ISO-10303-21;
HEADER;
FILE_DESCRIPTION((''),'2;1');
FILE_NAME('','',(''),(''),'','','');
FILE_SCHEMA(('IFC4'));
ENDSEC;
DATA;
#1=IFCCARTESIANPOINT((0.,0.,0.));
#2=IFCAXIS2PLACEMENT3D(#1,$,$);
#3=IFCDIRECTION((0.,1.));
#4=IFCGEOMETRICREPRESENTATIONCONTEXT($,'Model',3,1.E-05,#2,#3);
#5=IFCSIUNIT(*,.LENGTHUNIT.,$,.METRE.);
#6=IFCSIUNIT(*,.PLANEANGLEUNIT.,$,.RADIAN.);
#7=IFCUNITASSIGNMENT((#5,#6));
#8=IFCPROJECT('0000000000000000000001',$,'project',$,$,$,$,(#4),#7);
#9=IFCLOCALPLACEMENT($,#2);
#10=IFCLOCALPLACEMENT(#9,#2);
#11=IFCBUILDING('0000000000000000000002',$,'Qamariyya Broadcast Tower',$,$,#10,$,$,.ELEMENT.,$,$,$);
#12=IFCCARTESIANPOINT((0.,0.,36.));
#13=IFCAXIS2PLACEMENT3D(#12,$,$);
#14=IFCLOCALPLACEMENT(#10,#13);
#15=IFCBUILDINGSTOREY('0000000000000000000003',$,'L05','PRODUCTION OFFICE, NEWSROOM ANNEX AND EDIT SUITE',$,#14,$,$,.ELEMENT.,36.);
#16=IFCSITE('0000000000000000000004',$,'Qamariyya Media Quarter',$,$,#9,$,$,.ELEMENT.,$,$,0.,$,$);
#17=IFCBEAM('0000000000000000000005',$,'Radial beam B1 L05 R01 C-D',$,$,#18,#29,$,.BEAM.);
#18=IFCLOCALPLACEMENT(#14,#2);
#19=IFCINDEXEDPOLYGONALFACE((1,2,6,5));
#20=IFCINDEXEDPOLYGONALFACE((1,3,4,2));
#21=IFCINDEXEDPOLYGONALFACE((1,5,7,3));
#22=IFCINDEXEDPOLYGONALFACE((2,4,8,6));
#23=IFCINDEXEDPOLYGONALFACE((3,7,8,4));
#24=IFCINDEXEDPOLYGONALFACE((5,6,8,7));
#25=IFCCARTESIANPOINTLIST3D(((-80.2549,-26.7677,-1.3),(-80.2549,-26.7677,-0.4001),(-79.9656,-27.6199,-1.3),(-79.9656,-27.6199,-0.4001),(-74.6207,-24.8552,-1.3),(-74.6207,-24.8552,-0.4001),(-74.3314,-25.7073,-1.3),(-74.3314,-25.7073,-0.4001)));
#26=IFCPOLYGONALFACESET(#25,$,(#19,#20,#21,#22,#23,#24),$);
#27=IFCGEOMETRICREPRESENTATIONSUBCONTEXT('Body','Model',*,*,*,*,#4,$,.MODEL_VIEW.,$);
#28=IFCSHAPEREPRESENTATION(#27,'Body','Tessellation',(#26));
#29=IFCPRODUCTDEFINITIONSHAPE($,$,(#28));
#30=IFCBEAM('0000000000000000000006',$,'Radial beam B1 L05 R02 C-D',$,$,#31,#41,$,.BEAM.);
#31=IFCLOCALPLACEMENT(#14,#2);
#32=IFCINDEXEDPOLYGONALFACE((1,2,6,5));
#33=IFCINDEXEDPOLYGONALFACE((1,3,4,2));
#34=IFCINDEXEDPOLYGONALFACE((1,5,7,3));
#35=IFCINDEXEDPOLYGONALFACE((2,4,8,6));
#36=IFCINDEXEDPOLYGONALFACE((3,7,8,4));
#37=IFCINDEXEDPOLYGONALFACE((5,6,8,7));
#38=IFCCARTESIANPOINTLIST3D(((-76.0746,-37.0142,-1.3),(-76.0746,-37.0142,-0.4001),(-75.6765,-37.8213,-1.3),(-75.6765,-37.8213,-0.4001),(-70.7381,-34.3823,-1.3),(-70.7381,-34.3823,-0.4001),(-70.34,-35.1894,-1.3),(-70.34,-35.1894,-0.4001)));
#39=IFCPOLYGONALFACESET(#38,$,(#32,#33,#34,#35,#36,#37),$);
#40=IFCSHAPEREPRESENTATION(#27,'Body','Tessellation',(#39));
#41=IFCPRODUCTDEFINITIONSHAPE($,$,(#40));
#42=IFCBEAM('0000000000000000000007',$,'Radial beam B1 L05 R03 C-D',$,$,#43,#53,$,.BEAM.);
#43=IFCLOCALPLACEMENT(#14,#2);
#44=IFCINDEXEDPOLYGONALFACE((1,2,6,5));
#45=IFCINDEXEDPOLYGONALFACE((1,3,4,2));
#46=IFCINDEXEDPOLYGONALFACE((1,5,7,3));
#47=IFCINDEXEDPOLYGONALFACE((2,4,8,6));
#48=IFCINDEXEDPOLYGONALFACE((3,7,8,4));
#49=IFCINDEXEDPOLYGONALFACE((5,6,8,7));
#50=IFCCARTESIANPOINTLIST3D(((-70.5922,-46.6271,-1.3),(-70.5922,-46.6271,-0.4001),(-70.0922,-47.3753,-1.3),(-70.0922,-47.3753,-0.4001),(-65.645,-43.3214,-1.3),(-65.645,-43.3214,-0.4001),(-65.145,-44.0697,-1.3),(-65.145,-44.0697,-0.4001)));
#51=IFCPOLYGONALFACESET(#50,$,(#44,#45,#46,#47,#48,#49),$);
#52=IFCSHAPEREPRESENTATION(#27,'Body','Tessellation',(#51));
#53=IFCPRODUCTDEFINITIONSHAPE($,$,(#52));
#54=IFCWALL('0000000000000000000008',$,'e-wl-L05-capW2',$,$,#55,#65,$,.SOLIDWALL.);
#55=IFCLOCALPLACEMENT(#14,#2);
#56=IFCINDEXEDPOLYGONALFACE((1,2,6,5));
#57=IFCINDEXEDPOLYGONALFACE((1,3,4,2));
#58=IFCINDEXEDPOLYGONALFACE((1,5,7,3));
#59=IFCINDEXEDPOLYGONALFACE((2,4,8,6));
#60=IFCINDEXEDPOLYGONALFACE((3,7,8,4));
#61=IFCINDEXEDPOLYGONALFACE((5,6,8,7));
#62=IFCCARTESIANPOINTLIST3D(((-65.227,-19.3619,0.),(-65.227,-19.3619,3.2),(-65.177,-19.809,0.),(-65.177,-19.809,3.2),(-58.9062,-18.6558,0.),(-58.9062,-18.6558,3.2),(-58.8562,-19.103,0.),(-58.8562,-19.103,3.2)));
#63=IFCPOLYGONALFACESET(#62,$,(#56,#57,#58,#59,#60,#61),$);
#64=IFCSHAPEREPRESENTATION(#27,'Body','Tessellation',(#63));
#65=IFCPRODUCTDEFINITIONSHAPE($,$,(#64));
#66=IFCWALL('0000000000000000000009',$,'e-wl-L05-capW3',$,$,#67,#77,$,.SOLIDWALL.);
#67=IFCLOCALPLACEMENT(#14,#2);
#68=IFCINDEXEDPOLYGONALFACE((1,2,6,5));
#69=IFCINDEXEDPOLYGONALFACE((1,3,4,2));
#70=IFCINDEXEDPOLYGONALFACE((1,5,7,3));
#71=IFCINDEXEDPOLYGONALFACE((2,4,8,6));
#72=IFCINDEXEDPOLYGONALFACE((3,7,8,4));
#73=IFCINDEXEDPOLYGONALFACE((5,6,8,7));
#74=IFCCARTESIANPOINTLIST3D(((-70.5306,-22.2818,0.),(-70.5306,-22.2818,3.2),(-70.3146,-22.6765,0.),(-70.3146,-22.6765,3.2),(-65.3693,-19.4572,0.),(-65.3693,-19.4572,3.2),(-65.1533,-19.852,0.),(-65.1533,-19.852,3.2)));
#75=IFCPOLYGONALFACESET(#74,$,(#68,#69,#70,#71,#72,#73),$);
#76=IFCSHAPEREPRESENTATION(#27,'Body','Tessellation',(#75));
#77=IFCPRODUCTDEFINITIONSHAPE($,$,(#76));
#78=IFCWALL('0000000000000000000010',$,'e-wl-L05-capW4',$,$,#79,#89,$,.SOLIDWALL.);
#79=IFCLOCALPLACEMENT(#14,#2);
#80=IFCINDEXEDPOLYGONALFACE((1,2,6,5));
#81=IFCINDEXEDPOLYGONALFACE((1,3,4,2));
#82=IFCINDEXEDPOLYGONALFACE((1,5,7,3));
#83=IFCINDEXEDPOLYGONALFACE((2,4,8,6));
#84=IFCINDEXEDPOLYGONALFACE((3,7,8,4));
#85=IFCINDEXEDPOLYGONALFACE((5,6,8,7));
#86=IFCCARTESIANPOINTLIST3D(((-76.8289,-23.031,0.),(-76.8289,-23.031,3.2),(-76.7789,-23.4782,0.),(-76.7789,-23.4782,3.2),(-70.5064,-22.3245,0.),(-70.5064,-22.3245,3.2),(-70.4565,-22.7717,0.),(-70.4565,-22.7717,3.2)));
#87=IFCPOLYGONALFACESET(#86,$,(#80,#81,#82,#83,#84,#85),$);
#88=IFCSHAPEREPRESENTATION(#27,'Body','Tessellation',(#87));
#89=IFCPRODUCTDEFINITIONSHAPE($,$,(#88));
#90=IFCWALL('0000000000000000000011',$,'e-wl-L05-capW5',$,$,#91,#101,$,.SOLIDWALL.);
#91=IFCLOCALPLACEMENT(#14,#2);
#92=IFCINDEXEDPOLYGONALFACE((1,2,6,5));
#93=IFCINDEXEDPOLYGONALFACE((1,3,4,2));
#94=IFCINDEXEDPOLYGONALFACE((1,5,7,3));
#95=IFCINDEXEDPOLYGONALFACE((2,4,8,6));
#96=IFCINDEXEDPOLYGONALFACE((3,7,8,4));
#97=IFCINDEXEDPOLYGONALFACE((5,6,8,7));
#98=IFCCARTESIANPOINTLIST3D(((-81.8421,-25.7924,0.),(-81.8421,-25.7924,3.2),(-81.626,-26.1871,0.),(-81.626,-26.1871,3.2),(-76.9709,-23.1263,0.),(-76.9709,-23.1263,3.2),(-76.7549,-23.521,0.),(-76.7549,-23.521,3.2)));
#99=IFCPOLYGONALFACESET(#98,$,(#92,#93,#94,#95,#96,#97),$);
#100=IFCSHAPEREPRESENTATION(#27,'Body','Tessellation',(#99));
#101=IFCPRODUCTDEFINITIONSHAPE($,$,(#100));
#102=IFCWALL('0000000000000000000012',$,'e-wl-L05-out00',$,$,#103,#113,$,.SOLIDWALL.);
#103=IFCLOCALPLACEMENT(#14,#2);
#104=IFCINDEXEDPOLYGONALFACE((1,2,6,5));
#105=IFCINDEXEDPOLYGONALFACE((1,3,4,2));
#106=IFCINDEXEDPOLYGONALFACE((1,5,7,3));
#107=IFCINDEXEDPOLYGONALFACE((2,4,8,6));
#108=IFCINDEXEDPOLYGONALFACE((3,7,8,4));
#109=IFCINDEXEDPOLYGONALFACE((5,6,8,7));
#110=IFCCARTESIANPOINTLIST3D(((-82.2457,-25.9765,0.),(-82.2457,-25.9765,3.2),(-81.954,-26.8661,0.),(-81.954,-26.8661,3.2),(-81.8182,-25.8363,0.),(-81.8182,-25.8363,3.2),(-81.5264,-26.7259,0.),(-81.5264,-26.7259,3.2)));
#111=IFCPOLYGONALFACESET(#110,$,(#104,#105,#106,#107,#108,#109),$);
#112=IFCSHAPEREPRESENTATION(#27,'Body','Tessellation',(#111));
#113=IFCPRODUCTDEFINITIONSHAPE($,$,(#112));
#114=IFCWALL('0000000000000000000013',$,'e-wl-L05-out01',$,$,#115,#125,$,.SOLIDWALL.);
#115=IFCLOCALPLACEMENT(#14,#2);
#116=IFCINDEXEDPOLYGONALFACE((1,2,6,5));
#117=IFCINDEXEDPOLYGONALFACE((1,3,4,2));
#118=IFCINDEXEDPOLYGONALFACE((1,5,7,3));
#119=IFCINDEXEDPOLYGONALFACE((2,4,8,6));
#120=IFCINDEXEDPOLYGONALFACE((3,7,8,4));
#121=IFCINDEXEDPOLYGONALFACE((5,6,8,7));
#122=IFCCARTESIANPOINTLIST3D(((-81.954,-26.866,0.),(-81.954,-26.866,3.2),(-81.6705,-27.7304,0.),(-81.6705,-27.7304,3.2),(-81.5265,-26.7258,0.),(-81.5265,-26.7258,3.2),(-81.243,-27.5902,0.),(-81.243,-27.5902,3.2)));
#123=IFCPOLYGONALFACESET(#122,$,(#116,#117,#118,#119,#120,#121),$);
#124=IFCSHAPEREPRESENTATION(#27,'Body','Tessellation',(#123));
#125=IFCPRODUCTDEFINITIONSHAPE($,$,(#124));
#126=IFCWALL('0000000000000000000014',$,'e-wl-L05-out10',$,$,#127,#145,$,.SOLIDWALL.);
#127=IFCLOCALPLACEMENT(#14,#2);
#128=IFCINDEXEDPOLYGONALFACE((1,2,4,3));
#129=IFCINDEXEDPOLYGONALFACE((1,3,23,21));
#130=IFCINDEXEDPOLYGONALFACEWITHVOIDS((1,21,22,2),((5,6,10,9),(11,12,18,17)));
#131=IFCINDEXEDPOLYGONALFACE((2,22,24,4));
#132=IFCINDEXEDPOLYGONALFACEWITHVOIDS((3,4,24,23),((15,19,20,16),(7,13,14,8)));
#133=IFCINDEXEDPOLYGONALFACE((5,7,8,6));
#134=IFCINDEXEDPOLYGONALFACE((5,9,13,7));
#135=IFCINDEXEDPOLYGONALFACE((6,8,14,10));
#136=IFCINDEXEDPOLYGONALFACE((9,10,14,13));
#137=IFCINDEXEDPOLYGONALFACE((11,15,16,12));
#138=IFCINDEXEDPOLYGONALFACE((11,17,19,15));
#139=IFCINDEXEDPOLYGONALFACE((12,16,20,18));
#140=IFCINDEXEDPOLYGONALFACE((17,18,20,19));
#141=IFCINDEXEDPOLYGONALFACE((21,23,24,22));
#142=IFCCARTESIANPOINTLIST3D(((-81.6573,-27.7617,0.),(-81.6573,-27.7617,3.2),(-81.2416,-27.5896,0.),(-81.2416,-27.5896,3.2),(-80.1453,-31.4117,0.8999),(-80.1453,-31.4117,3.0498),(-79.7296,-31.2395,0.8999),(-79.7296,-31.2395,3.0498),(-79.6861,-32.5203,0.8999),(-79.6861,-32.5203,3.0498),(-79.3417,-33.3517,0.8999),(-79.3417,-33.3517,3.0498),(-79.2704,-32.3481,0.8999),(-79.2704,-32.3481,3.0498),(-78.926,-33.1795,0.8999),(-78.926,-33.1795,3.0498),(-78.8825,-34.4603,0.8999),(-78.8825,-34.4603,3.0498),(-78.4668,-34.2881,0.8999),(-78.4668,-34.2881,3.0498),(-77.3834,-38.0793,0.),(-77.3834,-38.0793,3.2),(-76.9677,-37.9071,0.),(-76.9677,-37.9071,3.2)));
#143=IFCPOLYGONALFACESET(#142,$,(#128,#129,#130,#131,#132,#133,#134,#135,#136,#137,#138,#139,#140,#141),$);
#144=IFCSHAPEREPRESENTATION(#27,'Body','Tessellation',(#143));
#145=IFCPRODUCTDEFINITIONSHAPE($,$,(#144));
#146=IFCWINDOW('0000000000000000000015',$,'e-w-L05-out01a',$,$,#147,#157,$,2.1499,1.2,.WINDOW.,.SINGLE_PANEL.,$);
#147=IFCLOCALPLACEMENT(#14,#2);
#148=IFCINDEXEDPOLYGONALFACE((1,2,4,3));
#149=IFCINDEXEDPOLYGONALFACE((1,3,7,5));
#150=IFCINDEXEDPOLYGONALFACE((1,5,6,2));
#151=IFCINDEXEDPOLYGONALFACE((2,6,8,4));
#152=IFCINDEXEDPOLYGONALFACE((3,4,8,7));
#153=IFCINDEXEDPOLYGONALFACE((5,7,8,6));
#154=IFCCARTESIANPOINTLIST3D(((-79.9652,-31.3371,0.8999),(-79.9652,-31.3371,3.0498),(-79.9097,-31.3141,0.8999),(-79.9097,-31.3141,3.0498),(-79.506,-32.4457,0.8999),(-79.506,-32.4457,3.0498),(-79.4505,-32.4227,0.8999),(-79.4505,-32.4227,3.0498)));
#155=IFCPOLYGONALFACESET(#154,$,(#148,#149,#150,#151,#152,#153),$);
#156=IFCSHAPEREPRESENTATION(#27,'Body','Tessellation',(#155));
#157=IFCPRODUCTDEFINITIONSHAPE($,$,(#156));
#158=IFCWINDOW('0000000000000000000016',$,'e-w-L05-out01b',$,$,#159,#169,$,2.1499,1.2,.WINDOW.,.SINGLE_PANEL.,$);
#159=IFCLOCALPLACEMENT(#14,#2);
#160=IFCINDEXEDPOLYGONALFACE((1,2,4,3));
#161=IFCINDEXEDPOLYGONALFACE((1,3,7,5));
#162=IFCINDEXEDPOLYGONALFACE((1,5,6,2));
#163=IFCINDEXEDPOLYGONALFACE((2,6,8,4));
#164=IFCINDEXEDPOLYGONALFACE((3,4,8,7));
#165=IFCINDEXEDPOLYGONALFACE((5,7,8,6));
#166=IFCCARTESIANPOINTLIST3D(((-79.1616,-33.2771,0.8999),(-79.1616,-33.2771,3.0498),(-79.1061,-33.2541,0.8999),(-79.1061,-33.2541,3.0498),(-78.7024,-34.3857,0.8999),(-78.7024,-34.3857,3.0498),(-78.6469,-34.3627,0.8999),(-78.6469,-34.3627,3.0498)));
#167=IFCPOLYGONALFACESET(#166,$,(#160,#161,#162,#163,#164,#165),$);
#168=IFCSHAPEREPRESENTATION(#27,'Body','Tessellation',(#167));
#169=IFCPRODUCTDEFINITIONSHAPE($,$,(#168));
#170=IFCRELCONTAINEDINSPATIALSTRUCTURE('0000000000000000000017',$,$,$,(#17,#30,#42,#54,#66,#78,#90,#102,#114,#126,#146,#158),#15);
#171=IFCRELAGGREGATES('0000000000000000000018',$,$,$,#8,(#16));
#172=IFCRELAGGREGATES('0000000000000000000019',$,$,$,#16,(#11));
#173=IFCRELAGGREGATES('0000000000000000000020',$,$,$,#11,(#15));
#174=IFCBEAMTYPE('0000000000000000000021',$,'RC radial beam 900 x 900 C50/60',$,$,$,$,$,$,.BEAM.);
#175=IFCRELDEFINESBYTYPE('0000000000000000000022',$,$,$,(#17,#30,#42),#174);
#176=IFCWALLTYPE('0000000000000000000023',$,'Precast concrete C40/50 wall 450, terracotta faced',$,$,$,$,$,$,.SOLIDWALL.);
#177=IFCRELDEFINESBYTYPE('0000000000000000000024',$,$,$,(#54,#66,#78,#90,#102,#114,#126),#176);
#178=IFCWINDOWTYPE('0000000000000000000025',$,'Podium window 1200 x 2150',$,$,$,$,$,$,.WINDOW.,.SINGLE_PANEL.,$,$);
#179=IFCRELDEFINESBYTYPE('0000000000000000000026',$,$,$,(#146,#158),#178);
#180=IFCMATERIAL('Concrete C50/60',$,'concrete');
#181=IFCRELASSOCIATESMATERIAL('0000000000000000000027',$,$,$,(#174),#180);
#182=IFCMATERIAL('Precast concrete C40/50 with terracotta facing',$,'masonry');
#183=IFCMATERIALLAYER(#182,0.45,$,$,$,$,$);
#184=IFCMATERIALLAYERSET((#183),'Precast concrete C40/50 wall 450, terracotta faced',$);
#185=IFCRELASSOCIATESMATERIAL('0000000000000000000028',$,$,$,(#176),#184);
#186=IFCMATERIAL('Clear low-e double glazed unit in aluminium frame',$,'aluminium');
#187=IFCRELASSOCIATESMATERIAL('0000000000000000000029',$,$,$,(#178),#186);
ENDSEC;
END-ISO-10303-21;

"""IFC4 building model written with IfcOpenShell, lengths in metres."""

from ifc_helpers import new_model, si_unit, direction, frame, frame_2d, origin, origin_2d, place, context, subcontext, project, spatial, rectangle, extrude, material, layer, layer_set, material_profile, profile_set, type_object, element, fill, save


model = new_model("IFC4")

# Units and contexts
model_context = context("Model", 3, precision=1e-05, world=origin(), true_north=direction((0.0, 1.0)))
body_context = subcontext(model_context, "Body", "Model", "MODEL_VIEW")
ifc_project = project(units=[si_unit("LENGTHUNIT", "METRE"), si_unit("PLANEANGLEUNIT", "RADIAN")], contexts=[model_context])

# Site, building, storey
site_placement = place(None, origin())
site = spatial("IfcSite", under=ifc_project, at=site_placement, Name="Qamariyya Media Quarter", CompositionType="ELEMENT", RefElevation=0.0)
building_placement = place(site_placement, origin())
building = spatial("IfcBuilding", under=site, at=building_placement, Name="Qamariyya Broadcast Tower", CompositionType="ELEMENT")
storey_placement = place(building_placement, frame((0.0, 0.0, 36.0)))
storey = spatial("IfcBuildingStorey", under=building, at=storey_placement, Name="L05", Description="PRODUCTION OFFICE, NEWSROOM ANNEX AND EDIT SUITE", CompositionType="ELEMENT", Elevation=36.0)

# Beams
ifc_material_1 = material(Name="Concrete C50/60", Category="concrete")
ifc_material_profile_1 = material_profile(ifc_material_1, rectangle(XDim=0.8999, YDim=0.8999, at=origin_2d()))
ifc_profile_set_1 = profile_set([ifc_material_profile_1], Name="Concrete C50/60")
beam_type_1 = type_object("IfcBeamType", Name="RC radial beam 900 x 900 C50/60", PredefinedType="BEAM", material=ifc_profile_set_1)
beam_1_placement = place(storey_placement, frame((-74.4761, -25.2812, -0.8501), z_axis=(-0.946929, -0.321442, 0.0), x_axis=(0.321442, -0.946929, 0.0)))
element("IfcBeam", 1, at=beam_1_placement, inside=storey, type_object=beam_type_1, Name="Radial beam B1 L05 R01 C-D", PredefinedType="BEAM", context=body_context, shape_type="SweptSolid", body=[
    extrude(rectangle(XDim=0.8999, YDim=0.8999, at=origin_2d()), origin(), (0.0, 0.0, 1.0), 5.95),
])
beam_2_placement = place(storey_placement, frame((-70.5391, -34.7859, -0.8501), z_axis=(-0.896859, -0.442316, 0.0), x_axis=(0.442316, -0.896859, 0.0)))
element("IfcBeam", 2, at=beam_2_placement, inside=storey, type_object=beam_type_1, Name="Radial beam B1 L05 R02 C-D", PredefinedType="BEAM", context=body_context, shape_type="SweptSolid", body=[
    extrude(rectangle(XDim=0.8999, YDim=0.8999, at=origin_2d()), origin(), (0.0, 0.0, 1.0), 5.9502),
])
beam_3_placement = place(storey_placement, frame((-65.395, -43.6956, -0.8501), z_axis=(-0.831469, -0.555571, 0.0), x_axis=(0.555571, -0.831469, 0.0)))
element("IfcBeam", 3, at=beam_3_placement, inside=storey, type_object=beam_type_1, Name="Radial beam B1 L05 R03 C-D", PredefinedType="BEAM", context=body_context, shape_type="SweptSolid", body=[
    extrude(rectangle(XDim=0.8999, YDim=0.8999, at=origin_2d()), origin(), (0.0, 0.0, 1.0), 5.95),
])

# Walls
ifc_material_2 = material(Name="Precast concrete C40/50 with terracotta facing", Category="masonry")
ifc_layer = layer(ifc_material_2, 0.45)
ifc_layer_set = layer_set([ifc_layer], Name="Precast concrete C40/50 wall 450, terracotta faced")
wall_type = type_object("IfcWallType", Name="Precast concrete C40/50 wall 450, terracotta faced", PredefinedType="SOLIDWALL", material=ifc_layer_set)
wall_1_placement = place(storey_placement, frame((-58.8811, -18.8794, 0.0), z_axis=(0.0, 0.0, 1.0), x_axis=(-0.993819, -0.111013, 0.0)))
element("IfcWall", 4, at=wall_1_placement, inside=storey, type_object=wall_type, Name="e-wl-L05-capW2", PredefinedType="SOLIDWALL", context=body_context, shape_type="SweptSolid", body=[
    extrude(rectangle(XDim=6.3601, YDim=0.45, at=frame_2d((3.1802, 0.0))), origin(), (0.0, 0.0, 1.0), 3.2),
])
wall_2_placement = place(storey_placement, frame((-65.2612, -19.6545, 0.0), z_axis=(0.0, 0.0, 1.0), x_axis=(-0.87723, -0.48007, 0.0)))
element("IfcWall", 5, at=wall_2_placement, inside=storey, type_object=wall_type, Name="e-wl-L05-capW3", PredefinedType="SOLIDWALL", context=body_context, shape_type="SweptSolid", body=[
    extrude(rectangle(XDim=5.8835, YDim=0.45, at=frame_2d((2.9419, 0.0))), origin(), (0.0, 0.0, 1.0), 3.2),
])
wall_3_placement = place(storey_placement, frame((-70.4814, -22.5481, 0.0), z_axis=(0.0, 0.0, 1.0), x_axis=(-0.993814, -0.111059, 0.0)))
element("IfcWall", 6, at=wall_3_placement, inside=storey, type_object=wall_type, Name="e-wl-L05-capW4", PredefinedType="SOLIDWALL", context=body_context, shape_type="SweptSolid", body=[
    extrude(rectangle(XDim=6.3618, YDim=0.45, at=frame_2d((3.1809, 0.0))), origin(), (0.0, 0.0, 1.0), 3.2),
])
wall_4_placement = place(storey_placement, frame((-76.863, -23.3237, 0.0), z_axis=(0.0, 0.0, 1.0), x_axis=(-0.877209, -0.480108, 0.0)))
element("IfcWall", 7, at=wall_4_placement, inside=storey, type_object=wall_type, Name="e-wl-L05-capW5", PredefinedType="SOLIDWALL", context=body_context, shape_type="SweptSolid", body=[
    extrude(rectangle(XDim=5.553, YDim=0.45, at=frame_2d((2.7764, 0.0))), origin(), (0.0, 0.0, 1.0), 3.2),
])
wall_5_placement = place(storey_placement, frame((-82.032, -25.9062, 0.0), z_axis=(0.0, 0.0, 1.0), x_axis=(0.311609, -0.950211, 0.0)))
element("IfcWall", 8, at=wall_5_placement, inside=storey, type_object=wall_type, Name="e-wl-L05-out00", PredefinedType="SOLIDWALL", context=body_context, shape_type="SweptSolid", body=[
    extrude(rectangle(XDim=0.9363, YDim=0.45, at=frame_2d((0.4683, 0.0))), origin(), (0.0, 0.0, 1.0), 3.2),
])
wall_6_placement = place(storey_placement, frame((-81.7402, -26.7959, 0.0), z_axis=(0.0, 0.0, 1.0), x_axis=(0.311634, -0.950202, 0.0)))
element("IfcWall", 9, at=wall_6_placement, inside=storey, type_object=wall_type, Name="e-wl-L05-out01", PredefinedType="SOLIDWALL", context=body_context, shape_type="SweptSolid", body=[
    extrude(rectangle(XDim=0.9097, YDim=0.45, at=frame_2d((0.4548, 0.0))), origin(), (0.0, 0.0, 1.0), 3.2),
])

# Wall, openings, windows
wall_7_placement = place(storey_placement, frame((-81.4495, -27.6755, 0.0), z_axis=(0.0, 0.0, 1.0), x_axis=(0.382701, -0.923872, 0.0)))
wall_7 = element("IfcWall", 10, at=wall_7_placement, inside=storey, type_object=wall_type, Name="e-wl-L05-out10", PredefinedType="SOLIDWALL", context=body_context, shape_type="SweptSolid", body=[
    extrude(rectangle(XDim=11.1677, YDim=0.45, at=frame_2d((5.584, 0.0))), origin(), (0.0, 0.0, 1.0), 3.2),
])
opening_1_placement = place(wall_7_placement, frame((3.9507, 0.0, 0.8999)))
opening_1 = element("IfcOpeningElement", 11, at=opening_1_placement, cuts=wall_7, PredefinedType="OPENING", context=body_context, shape_type="SweptSolid", body=[
    extrude(rectangle(XDim=1.2, YDim=2.1499, at=frame_2d((0.6001, 1.075))), frame((0.0, 0.2349, 0.0), z_axis=(0.0, -1.0, 0.0), x_axis=(1.0, 0.0, 0.0)), (0.0, 0.0, 1.0), 0.47),
])
opening_2_placement = place(wall_7_placement, frame((6.0505, 0.0, 0.8999)))
opening_2 = element("IfcOpeningElement", 12, at=opening_2_placement, cuts=wall_7, PredefinedType="OPENING", context=body_context, shape_type="SweptSolid", body=[
    extrude(rectangle(XDim=1.2, YDim=2.1499, at=frame_2d((0.6001, 1.075))), frame((0.0, 0.2349, 0.0), z_axis=(0.0, -1.0, 0.0), x_axis=(1.0, 0.0, 0.0)), (0.0, 0.0, 1.0), 0.47),
])
ifc_material_3 = material(Name="Clear low-e double glazed unit in aluminium frame", Category="aluminium")
window_type = type_object("IfcWindowType", Name="Podium window 1200 x 2150", PartitioningType="SINGLE_PANEL", PredefinedType="WINDOW", material=ifc_material_3)
window_1_placement = place(opening_1_placement, origin())
window_1 = element("IfcWindow", 13, at=window_1_placement, inside=storey, type_object=window_type, Name="e-w-L05-out01a", OverallHeight=2.1499, OverallWidth=1.2, PartitioningType="SINGLE_PANEL", PredefinedType="WINDOW", context=body_context, shape_type="SweptSolid", body=[
    extrude(rectangle(XDim=1.2, YDim=2.1499, at=frame_2d((0.6001, 1.075))), frame((0.0, 0.03, 0.0), z_axis=(0.0, -1.0, 0.0), x_axis=(1.0, 0.0, 0.0)), (0.0, 0.0, 1.0), 0.0601),
])
fill(opening_1, window_1)
window_2_placement = place(opening_2_placement, origin())
window_2 = element("IfcWindow", 14, at=window_2_placement, inside=storey, type_object=window_type, Name="e-w-L05-out01b", OverallHeight=2.1499, OverallWidth=1.2, PartitioningType="SINGLE_PANEL", PredefinedType="WINDOW", context=body_context, shape_type="SweptSolid", body=[
    extrude(rectangle(XDim=1.2, YDim=2.1499, at=frame_2d((0.6001, 1.075))), frame((0.0, 0.03, 0.0), z_axis=(0.0, -1.0, 0.0), x_axis=(1.0, 0.0, 0.0)), (0.0, 0.0, 1.0), 0.0601),
])
fill(opening_2, window_2)

save(model, "model.ifc")
